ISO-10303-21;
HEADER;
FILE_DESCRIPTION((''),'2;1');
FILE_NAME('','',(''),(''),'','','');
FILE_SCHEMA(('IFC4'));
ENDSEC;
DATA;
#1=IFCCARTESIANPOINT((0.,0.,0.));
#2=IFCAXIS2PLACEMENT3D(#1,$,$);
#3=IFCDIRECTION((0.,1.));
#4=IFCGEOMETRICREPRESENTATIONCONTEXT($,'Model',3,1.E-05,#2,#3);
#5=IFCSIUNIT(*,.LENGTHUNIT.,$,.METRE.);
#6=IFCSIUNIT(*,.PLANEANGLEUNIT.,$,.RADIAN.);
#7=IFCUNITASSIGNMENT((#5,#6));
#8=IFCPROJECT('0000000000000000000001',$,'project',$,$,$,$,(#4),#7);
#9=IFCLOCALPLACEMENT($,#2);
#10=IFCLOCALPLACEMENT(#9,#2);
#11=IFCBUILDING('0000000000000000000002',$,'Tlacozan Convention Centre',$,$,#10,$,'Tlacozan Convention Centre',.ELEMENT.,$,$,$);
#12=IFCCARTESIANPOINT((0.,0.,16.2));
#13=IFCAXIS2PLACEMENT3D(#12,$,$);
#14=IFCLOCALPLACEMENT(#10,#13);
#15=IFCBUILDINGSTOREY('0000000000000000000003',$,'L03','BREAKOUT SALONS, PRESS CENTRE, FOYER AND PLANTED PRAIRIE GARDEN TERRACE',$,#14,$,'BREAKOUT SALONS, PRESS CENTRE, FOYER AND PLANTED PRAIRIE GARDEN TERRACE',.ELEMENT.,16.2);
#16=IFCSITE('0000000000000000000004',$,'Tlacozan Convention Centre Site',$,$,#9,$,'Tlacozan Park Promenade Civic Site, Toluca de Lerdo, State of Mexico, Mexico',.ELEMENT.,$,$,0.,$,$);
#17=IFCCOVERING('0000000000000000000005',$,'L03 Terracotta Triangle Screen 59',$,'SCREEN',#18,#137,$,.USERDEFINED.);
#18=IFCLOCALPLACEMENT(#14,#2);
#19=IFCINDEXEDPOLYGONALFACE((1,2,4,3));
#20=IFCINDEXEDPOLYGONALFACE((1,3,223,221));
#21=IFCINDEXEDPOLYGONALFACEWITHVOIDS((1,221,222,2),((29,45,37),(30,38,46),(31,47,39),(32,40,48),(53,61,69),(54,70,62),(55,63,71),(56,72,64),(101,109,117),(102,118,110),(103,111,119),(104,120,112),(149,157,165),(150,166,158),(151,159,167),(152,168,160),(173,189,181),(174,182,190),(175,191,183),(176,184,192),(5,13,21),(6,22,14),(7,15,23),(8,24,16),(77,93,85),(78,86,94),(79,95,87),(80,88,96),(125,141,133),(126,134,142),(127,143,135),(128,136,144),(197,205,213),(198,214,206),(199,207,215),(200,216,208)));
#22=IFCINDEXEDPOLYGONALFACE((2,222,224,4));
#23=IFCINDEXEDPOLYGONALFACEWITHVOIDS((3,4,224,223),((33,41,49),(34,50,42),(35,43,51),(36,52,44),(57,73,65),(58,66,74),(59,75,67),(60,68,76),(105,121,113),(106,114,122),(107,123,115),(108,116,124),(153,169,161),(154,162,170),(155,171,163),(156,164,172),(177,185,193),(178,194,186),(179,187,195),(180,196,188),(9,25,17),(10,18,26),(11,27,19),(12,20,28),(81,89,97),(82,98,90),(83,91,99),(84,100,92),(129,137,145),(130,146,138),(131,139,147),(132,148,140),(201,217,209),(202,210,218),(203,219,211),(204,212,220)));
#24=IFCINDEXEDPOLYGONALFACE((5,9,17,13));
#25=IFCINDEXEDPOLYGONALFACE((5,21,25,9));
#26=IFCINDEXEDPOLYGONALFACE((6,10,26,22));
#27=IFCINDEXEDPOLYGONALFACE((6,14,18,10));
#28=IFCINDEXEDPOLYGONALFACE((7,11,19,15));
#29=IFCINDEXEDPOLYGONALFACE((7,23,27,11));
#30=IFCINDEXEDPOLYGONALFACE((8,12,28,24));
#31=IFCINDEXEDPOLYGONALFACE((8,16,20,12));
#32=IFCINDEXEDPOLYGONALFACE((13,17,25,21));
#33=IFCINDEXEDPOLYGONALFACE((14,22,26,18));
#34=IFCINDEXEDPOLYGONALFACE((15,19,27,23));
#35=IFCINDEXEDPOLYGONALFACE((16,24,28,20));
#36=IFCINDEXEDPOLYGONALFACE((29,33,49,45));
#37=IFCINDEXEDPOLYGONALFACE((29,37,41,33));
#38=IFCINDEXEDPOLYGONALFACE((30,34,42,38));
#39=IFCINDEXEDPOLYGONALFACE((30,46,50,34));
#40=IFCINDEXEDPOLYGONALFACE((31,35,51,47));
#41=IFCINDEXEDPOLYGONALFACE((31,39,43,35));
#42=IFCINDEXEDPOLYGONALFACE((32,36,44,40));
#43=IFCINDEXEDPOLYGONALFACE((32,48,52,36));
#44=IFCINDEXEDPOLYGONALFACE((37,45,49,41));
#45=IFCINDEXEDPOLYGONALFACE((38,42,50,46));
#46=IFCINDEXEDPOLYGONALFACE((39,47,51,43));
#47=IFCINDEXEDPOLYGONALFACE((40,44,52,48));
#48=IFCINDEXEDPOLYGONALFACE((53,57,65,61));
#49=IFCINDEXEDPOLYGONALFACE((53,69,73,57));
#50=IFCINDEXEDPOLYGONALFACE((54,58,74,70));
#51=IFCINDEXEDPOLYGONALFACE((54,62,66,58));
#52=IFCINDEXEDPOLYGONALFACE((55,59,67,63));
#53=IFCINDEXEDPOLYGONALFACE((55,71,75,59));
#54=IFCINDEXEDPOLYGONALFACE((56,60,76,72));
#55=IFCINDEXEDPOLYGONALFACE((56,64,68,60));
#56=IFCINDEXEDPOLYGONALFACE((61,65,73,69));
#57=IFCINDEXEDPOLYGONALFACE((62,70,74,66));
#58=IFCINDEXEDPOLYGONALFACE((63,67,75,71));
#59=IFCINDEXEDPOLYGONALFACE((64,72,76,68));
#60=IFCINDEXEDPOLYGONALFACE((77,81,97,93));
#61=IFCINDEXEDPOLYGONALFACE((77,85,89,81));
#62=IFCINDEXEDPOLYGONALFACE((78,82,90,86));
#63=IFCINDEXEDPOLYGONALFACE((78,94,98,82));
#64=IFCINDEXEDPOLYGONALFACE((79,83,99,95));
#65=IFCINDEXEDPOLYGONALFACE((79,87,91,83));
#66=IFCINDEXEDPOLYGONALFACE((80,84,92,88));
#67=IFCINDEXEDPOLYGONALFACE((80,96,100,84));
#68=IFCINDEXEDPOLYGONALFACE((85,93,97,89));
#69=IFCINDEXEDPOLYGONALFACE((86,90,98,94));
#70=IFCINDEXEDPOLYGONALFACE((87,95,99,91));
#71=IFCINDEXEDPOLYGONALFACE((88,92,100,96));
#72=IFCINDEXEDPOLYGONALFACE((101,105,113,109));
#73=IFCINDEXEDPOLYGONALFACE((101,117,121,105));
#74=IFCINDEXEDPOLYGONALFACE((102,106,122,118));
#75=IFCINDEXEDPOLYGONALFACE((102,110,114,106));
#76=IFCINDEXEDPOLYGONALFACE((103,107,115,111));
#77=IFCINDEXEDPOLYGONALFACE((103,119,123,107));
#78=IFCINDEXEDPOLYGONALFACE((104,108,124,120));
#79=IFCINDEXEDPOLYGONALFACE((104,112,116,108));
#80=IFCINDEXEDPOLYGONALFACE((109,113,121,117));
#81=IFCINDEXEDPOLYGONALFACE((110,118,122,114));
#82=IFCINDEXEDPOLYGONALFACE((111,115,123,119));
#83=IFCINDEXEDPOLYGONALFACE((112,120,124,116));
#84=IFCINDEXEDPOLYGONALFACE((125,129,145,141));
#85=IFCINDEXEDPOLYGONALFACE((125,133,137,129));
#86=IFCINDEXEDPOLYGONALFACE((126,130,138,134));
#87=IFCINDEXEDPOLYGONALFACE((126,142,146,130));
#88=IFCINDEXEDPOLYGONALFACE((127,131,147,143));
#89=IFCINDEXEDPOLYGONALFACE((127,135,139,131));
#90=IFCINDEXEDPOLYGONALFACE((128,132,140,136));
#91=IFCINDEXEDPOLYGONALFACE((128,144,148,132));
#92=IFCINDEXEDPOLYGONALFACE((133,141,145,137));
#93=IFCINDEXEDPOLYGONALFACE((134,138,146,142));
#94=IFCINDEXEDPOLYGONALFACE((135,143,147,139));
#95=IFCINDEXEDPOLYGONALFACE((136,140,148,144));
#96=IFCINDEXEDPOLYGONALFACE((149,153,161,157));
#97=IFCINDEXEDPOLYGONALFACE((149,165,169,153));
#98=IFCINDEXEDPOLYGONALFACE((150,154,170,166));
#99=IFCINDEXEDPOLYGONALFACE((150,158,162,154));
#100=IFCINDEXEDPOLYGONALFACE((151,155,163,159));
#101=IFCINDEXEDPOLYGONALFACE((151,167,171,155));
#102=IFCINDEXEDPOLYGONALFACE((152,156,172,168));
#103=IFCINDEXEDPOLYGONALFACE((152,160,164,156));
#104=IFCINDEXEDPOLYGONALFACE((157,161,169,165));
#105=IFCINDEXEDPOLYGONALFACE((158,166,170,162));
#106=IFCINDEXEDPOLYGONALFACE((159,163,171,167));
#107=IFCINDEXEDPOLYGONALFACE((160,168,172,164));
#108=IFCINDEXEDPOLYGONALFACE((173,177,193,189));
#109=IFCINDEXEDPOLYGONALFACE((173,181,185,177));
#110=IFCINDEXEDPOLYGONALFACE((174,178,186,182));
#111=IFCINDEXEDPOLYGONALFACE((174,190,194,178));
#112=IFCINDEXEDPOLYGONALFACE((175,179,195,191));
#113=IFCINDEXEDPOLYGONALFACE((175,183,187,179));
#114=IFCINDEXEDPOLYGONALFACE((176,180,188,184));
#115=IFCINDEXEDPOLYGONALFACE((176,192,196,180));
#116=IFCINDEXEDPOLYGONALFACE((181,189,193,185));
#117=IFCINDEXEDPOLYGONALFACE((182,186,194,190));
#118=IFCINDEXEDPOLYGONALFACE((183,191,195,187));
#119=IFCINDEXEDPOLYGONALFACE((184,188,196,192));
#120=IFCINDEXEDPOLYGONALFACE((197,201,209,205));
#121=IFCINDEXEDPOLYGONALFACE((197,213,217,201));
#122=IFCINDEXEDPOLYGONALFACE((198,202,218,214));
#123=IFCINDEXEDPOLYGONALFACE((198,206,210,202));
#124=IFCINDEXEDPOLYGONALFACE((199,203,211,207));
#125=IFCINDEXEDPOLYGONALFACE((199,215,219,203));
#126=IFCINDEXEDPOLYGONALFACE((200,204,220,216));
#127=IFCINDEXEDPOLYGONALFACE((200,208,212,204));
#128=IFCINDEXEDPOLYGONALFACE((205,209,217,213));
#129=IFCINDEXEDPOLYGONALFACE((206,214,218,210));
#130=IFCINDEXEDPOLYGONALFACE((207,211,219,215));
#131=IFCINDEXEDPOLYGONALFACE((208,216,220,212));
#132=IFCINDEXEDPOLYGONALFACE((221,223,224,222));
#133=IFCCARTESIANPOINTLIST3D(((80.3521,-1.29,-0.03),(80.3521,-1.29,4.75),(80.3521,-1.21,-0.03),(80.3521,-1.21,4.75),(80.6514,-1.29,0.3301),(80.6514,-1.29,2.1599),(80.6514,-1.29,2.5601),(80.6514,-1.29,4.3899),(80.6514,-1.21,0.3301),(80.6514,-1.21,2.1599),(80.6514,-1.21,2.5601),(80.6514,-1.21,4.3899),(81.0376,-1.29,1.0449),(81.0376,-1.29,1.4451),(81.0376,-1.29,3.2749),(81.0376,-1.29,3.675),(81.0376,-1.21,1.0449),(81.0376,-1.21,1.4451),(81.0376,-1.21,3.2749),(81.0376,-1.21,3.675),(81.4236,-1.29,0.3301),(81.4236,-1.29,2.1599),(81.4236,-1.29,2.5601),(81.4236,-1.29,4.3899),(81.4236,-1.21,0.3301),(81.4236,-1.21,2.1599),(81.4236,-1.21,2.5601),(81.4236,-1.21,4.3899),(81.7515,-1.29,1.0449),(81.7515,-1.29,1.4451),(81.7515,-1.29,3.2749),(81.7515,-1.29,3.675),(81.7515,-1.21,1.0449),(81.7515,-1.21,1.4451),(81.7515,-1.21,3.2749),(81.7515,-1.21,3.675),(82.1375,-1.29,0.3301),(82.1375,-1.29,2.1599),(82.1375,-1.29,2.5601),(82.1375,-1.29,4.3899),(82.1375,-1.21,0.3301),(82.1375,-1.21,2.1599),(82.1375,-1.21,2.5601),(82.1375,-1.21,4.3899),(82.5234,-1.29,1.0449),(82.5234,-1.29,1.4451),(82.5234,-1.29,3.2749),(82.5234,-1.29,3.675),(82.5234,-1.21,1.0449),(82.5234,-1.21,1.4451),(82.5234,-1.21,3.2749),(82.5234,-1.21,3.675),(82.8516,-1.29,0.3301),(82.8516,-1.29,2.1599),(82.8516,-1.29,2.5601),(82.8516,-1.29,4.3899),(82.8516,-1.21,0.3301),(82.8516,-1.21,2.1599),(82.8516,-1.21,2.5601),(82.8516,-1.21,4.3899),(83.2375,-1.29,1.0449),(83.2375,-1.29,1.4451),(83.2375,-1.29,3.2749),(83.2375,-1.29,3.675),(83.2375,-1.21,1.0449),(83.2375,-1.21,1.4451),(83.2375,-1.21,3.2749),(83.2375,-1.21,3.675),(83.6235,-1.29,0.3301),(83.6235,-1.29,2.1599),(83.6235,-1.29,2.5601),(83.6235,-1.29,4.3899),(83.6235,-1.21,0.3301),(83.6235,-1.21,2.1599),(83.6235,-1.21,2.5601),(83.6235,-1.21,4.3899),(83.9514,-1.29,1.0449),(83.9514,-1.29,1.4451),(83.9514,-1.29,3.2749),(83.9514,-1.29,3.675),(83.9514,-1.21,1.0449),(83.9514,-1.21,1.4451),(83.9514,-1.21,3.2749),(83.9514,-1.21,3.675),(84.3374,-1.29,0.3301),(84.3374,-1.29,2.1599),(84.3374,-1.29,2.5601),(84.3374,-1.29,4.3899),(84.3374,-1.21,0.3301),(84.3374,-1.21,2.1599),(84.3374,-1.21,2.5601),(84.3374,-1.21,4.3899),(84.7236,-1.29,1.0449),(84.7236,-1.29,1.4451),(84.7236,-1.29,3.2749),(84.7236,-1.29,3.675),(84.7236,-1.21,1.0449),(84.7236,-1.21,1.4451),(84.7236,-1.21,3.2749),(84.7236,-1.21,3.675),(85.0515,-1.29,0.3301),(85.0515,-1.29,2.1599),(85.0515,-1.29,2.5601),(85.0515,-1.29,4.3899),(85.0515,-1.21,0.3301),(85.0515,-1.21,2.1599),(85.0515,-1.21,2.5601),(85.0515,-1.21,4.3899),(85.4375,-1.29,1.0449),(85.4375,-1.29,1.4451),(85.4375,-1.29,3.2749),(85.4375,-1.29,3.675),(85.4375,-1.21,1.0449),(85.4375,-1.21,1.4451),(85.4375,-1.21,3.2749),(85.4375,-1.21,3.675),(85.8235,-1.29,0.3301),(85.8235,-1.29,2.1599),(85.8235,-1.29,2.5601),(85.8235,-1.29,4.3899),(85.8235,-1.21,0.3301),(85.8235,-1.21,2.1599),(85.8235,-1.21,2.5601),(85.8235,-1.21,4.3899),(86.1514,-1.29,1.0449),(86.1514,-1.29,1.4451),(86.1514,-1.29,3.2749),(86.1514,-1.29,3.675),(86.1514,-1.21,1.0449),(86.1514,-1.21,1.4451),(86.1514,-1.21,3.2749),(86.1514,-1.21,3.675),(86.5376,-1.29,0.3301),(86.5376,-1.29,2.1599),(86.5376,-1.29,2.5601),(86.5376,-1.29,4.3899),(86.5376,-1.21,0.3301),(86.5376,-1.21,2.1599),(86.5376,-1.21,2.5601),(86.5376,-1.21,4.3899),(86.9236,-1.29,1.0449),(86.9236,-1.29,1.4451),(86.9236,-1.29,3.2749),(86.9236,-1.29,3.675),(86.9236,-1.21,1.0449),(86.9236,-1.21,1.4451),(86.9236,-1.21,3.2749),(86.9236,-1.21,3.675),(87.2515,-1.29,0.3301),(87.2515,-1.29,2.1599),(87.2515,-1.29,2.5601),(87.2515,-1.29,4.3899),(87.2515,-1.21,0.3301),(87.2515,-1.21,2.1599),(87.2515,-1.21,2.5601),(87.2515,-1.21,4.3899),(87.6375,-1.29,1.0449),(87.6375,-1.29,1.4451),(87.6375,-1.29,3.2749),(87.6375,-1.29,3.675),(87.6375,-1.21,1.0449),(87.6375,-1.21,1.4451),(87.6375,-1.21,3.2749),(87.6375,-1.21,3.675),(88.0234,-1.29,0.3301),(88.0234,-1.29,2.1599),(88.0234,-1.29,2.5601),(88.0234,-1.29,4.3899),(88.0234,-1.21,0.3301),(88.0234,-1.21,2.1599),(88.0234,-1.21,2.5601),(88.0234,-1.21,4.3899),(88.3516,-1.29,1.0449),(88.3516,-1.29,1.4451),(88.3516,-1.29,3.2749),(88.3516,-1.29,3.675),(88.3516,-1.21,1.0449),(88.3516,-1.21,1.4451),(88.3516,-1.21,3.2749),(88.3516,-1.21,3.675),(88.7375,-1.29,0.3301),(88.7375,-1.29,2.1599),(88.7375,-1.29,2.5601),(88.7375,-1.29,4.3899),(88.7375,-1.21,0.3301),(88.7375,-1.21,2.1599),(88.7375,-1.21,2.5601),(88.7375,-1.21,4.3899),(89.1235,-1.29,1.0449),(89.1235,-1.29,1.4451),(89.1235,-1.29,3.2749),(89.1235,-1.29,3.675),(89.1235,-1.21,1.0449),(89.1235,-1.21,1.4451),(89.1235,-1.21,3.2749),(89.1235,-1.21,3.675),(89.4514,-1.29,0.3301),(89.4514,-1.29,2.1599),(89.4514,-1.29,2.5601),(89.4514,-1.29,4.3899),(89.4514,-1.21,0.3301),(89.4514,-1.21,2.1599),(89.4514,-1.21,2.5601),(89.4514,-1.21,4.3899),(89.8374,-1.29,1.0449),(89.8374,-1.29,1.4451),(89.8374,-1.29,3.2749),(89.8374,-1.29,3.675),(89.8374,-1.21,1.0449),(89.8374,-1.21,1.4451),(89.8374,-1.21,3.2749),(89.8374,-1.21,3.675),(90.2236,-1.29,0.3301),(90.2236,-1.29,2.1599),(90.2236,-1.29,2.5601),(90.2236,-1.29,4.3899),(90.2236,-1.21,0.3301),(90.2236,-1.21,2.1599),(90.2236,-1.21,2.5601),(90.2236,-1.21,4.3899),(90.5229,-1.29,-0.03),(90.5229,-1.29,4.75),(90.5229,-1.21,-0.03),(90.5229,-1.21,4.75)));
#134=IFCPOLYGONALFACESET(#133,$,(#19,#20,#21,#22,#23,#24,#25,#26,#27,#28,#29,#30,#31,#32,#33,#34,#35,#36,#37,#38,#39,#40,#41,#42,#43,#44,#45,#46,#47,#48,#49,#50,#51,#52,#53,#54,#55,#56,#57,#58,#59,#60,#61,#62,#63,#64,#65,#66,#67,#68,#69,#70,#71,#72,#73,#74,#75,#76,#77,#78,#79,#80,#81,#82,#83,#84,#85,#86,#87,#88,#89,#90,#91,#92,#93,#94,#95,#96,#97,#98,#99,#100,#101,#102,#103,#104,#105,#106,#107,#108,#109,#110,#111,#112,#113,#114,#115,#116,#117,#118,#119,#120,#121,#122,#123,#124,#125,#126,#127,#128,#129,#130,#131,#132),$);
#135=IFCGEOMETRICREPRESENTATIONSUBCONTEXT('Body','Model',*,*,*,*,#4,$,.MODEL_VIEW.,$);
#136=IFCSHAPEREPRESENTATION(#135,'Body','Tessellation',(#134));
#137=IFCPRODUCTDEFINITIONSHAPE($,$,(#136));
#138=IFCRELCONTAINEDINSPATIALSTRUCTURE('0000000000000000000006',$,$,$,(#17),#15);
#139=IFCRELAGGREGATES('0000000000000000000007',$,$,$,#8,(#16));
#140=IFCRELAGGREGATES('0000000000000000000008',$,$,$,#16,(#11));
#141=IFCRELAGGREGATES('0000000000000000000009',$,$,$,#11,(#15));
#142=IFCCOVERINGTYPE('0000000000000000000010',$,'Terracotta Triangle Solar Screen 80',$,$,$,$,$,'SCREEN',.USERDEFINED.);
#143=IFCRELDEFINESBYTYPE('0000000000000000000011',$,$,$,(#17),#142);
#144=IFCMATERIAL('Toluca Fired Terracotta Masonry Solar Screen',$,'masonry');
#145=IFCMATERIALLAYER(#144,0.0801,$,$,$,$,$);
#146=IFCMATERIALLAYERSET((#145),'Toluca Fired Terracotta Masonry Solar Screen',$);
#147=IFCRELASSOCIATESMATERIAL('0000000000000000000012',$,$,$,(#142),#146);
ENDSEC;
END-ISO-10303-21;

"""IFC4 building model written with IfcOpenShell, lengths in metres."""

from ifc_helpers import new_model, si_unit, direction, frame, origin, place, context, subcontext, project, spatial, polyline, outline, extrude, material, layer, layer_set, type_object, element, save


model = new_model("IFC4")

# Units and contexts
model_context = context("Model", 3, precision=1e-05, world=origin(), true_north=direction((0.0, 1.0)))
body_context = subcontext(model_context, "Body", "Model", "MODEL_VIEW")
ifc_project = project(units=[si_unit("LENGTHUNIT", "METRE"), si_unit("PLANEANGLEUNIT", "RADIAN")], contexts=[model_context])

# Site, building, storey
site_placement = place(None, origin())
site = spatial("IfcSite", under=ifc_project, at=site_placement, Name="Tlacozan Convention Centre Site", LongName="Tlacozan Park Promenade Civic Site, Toluca de Lerdo, State of Mexico, Mexico", CompositionType="ELEMENT", RefElevation=0.0)
building_placement = place(site_placement, origin())
building = spatial("IfcBuilding", under=site, at=building_placement, Name="Tlacozan Convention Centre", LongName="Tlacozan Convention Centre", CompositionType="ELEMENT")
storey_placement = place(building_placement, frame((0.0, 0.0, 16.2)))
storey = spatial("IfcBuildingStorey", under=building, at=storey_placement, Name="L03", Description="BREAKOUT SALONS, PRESS CENTRE, FOYER AND PLANTED PRAIRIE GARDEN TERRACE", LongName="BREAKOUT SALONS, PRESS CENTRE, FOYER AND PLANTED PRAIRIE GARDEN TERRACE", CompositionType="ELEMENT", Elevation=16.2)

# Covering
ifc_material_1 = material(Name="Toluca Fired Terracotta Masonry Solar Screen", Category="masonry")
ifc_layer_1 = layer(ifc_material_1, 0.0801)
ifc_layer_set_1 = layer_set([ifc_layer_1], Name="Toluca Fired Terracotta Masonry Solar Screen")
covering_type = type_object("IfcCoveringType", Name="Terracotta Triangle Solar Screen 80", ElementType="SCREEN", PredefinedType="USERDEFINED", material=ifc_layer_set_1)
covering_1_placement = place(storey_placement, frame((80.3521, -1.25, -0.03), z_axis=(0.0, 0.0, 1.0), x_axis=(1.0, 0.0, 0.0)))
element("IfcCovering", 1, at=covering_1_placement, inside=storey, type_object=covering_type, Name="L03 Terracotta Triangle Screen 59", ObjectType="SCREEN", PredefinedType="USERDEFINED", context=body_context, shape_type="SweptSolid", body=[
    extrude(outline(polyline([(0.0, 0.0), (10.1709, 0.0), (10.1709, 4.78), (0.0, 4.78), (0.0, 0.0)]), holes=[polyline([(0.2993, 0.3601), (1.0715, 0.3601), (0.6855, 1.075), (0.2993, 0.3601)]), polyline([(1.3994, 1.075), (2.1714, 1.075), (1.7854, 0.3601), (1.3994, 1.075)]), polyline([(2.4995, 0.3601), (3.2715, 0.3601), (2.8855, 1.075), (2.4995, 0.3601)]), polyline([(3.5994, 1.075), (4.3716, 1.075), (3.9854, 0.3601), (3.5994, 1.075)]), polyline([(4.6995, 0.3601), (5.4714, 0.3601), (5.0854, 1.075), (4.6995, 0.3601)]), polyline([(5.7993, 1.075), (6.5715, 1.075), (6.1855, 0.3601), (5.7993, 1.075)]), polyline([(6.8994, 0.3601), (7.6714, 0.3601), (7.2854, 1.075), (6.8994, 0.3601)]), polyline([(7.9995, 1.075), (8.7715, 1.075), (8.3855, 0.3601), (7.9995, 1.075)]), polyline([(9.0994, 0.3601), (9.8716, 0.3601), (9.4854, 1.075), (9.0994, 0.3601)]), polyline([(0.2993, 2.1899), (1.0715, 2.1899), (0.6855, 1.4751), (0.2993, 2.1899)]), polyline([(1.3994, 1.4751), (2.1714, 1.4751), (1.7854, 2.1899), (1.3994, 1.4751)]), polyline([(2.4995, 2.1899), (3.2715, 2.1899), (2.8855, 1.4751), (2.4995, 2.1899)]), polyline([(3.5994, 1.4751), (4.3716, 1.4751), (3.9854, 2.1899), (3.5994, 1.4751)]), polyline([(4.6995, 2.1899), (5.4714, 2.1899), (5.0854, 1.4751), (4.6995, 2.1899)]), polyline([(5.7993, 1.4751), (6.5715, 1.4751), (6.1855, 2.1899), (5.7993, 1.4751)]), polyline([(6.8994, 2.1899), (7.6714, 2.1899), (7.2854, 1.4751), (6.8994, 2.1899)]), polyline([(7.9995, 1.4751), (8.7715, 1.4751), (8.3855, 2.1899), (7.9995, 1.4751)]), polyline([(9.0994, 2.1899), (9.8716, 2.1899), (9.4854, 1.4751), (9.0994, 2.1899)]), polyline([(0.2993, 2.5901), (1.0715, 2.5901), (0.6855, 3.3049), (0.2993, 2.5901)]), polyline([(1.3994, 3.3049), (2.1714, 3.3049), (1.7854, 2.5901), (1.3994, 3.3049)]), polyline([(2.4995, 2.5901), (3.2715, 2.5901), (2.8855, 3.3049), (2.4995, 2.5901)]), polyline([(3.5994, 3.3049), (4.3716, 3.3049), (3.9854, 2.5901), (3.5994, 3.3049)]), polyline([(4.6995, 2.5901), (5.4714, 2.5901), (5.0854, 3.3049), (4.6995, 2.5901)]), polyline([(5.7993, 3.3049), (6.5715, 3.3049), (6.1855, 2.5901), (5.7993, 3.3049)]), polyline([(6.8994, 2.5901), (7.6714, 2.5901), (7.2854, 3.3049), (6.8994, 2.5901)]), polyline([(7.9995, 3.3049), (8.7715, 3.3049), (8.3855, 2.5901), (7.9995, 3.3049)]), polyline([(9.0994, 2.5901), (9.8716, 2.5901), (9.4854, 3.3049), (9.0994, 2.5901)]), polyline([(0.2993, 4.4199), (1.0715, 4.4199), (0.6855, 3.7051), (0.2993, 4.4199)]), polyline([(1.3994, 3.7051), (2.1714, 3.7051), (1.7854, 4.4199), (1.3994, 3.7051)]), polyline([(2.4995, 4.4199), (3.2715, 4.4199), (2.8855, 3.7051), (2.4995, 4.4199)]), polyline([(3.5994, 3.7051), (4.3716, 3.7051), (3.9854, 4.4199), (3.5994, 3.7051)]), polyline([(4.6995, 4.4199), (5.4714, 4.4199), (5.0854, 3.7051), (4.6995, 4.4199)]), polyline([(5.7993, 3.7051), (6.5715, 3.7051), (6.1855, 4.4199), (5.7993, 3.7051)]), polyline([(6.8994, 4.4199), (7.6714, 4.4199), (7.2854, 3.7051), (6.8994, 4.4199)]), polyline([(7.9995, 3.7051), (8.7715, 3.7051), (8.3855, 4.4199), (7.9995, 3.7051)]), polyline([(9.0994, 4.4199), (9.8716, 4.4199), (9.4854, 3.7051), (9.0994, 4.4199)])]), frame((0.0, 0.04, 0.0), z_axis=(0.0, -1.0, 0.0), x_axis=(1.0, 0.0, 0.0)), (0.0, 0.0, 1.0), 0.0801),
])

save(model, "model.ifc")
